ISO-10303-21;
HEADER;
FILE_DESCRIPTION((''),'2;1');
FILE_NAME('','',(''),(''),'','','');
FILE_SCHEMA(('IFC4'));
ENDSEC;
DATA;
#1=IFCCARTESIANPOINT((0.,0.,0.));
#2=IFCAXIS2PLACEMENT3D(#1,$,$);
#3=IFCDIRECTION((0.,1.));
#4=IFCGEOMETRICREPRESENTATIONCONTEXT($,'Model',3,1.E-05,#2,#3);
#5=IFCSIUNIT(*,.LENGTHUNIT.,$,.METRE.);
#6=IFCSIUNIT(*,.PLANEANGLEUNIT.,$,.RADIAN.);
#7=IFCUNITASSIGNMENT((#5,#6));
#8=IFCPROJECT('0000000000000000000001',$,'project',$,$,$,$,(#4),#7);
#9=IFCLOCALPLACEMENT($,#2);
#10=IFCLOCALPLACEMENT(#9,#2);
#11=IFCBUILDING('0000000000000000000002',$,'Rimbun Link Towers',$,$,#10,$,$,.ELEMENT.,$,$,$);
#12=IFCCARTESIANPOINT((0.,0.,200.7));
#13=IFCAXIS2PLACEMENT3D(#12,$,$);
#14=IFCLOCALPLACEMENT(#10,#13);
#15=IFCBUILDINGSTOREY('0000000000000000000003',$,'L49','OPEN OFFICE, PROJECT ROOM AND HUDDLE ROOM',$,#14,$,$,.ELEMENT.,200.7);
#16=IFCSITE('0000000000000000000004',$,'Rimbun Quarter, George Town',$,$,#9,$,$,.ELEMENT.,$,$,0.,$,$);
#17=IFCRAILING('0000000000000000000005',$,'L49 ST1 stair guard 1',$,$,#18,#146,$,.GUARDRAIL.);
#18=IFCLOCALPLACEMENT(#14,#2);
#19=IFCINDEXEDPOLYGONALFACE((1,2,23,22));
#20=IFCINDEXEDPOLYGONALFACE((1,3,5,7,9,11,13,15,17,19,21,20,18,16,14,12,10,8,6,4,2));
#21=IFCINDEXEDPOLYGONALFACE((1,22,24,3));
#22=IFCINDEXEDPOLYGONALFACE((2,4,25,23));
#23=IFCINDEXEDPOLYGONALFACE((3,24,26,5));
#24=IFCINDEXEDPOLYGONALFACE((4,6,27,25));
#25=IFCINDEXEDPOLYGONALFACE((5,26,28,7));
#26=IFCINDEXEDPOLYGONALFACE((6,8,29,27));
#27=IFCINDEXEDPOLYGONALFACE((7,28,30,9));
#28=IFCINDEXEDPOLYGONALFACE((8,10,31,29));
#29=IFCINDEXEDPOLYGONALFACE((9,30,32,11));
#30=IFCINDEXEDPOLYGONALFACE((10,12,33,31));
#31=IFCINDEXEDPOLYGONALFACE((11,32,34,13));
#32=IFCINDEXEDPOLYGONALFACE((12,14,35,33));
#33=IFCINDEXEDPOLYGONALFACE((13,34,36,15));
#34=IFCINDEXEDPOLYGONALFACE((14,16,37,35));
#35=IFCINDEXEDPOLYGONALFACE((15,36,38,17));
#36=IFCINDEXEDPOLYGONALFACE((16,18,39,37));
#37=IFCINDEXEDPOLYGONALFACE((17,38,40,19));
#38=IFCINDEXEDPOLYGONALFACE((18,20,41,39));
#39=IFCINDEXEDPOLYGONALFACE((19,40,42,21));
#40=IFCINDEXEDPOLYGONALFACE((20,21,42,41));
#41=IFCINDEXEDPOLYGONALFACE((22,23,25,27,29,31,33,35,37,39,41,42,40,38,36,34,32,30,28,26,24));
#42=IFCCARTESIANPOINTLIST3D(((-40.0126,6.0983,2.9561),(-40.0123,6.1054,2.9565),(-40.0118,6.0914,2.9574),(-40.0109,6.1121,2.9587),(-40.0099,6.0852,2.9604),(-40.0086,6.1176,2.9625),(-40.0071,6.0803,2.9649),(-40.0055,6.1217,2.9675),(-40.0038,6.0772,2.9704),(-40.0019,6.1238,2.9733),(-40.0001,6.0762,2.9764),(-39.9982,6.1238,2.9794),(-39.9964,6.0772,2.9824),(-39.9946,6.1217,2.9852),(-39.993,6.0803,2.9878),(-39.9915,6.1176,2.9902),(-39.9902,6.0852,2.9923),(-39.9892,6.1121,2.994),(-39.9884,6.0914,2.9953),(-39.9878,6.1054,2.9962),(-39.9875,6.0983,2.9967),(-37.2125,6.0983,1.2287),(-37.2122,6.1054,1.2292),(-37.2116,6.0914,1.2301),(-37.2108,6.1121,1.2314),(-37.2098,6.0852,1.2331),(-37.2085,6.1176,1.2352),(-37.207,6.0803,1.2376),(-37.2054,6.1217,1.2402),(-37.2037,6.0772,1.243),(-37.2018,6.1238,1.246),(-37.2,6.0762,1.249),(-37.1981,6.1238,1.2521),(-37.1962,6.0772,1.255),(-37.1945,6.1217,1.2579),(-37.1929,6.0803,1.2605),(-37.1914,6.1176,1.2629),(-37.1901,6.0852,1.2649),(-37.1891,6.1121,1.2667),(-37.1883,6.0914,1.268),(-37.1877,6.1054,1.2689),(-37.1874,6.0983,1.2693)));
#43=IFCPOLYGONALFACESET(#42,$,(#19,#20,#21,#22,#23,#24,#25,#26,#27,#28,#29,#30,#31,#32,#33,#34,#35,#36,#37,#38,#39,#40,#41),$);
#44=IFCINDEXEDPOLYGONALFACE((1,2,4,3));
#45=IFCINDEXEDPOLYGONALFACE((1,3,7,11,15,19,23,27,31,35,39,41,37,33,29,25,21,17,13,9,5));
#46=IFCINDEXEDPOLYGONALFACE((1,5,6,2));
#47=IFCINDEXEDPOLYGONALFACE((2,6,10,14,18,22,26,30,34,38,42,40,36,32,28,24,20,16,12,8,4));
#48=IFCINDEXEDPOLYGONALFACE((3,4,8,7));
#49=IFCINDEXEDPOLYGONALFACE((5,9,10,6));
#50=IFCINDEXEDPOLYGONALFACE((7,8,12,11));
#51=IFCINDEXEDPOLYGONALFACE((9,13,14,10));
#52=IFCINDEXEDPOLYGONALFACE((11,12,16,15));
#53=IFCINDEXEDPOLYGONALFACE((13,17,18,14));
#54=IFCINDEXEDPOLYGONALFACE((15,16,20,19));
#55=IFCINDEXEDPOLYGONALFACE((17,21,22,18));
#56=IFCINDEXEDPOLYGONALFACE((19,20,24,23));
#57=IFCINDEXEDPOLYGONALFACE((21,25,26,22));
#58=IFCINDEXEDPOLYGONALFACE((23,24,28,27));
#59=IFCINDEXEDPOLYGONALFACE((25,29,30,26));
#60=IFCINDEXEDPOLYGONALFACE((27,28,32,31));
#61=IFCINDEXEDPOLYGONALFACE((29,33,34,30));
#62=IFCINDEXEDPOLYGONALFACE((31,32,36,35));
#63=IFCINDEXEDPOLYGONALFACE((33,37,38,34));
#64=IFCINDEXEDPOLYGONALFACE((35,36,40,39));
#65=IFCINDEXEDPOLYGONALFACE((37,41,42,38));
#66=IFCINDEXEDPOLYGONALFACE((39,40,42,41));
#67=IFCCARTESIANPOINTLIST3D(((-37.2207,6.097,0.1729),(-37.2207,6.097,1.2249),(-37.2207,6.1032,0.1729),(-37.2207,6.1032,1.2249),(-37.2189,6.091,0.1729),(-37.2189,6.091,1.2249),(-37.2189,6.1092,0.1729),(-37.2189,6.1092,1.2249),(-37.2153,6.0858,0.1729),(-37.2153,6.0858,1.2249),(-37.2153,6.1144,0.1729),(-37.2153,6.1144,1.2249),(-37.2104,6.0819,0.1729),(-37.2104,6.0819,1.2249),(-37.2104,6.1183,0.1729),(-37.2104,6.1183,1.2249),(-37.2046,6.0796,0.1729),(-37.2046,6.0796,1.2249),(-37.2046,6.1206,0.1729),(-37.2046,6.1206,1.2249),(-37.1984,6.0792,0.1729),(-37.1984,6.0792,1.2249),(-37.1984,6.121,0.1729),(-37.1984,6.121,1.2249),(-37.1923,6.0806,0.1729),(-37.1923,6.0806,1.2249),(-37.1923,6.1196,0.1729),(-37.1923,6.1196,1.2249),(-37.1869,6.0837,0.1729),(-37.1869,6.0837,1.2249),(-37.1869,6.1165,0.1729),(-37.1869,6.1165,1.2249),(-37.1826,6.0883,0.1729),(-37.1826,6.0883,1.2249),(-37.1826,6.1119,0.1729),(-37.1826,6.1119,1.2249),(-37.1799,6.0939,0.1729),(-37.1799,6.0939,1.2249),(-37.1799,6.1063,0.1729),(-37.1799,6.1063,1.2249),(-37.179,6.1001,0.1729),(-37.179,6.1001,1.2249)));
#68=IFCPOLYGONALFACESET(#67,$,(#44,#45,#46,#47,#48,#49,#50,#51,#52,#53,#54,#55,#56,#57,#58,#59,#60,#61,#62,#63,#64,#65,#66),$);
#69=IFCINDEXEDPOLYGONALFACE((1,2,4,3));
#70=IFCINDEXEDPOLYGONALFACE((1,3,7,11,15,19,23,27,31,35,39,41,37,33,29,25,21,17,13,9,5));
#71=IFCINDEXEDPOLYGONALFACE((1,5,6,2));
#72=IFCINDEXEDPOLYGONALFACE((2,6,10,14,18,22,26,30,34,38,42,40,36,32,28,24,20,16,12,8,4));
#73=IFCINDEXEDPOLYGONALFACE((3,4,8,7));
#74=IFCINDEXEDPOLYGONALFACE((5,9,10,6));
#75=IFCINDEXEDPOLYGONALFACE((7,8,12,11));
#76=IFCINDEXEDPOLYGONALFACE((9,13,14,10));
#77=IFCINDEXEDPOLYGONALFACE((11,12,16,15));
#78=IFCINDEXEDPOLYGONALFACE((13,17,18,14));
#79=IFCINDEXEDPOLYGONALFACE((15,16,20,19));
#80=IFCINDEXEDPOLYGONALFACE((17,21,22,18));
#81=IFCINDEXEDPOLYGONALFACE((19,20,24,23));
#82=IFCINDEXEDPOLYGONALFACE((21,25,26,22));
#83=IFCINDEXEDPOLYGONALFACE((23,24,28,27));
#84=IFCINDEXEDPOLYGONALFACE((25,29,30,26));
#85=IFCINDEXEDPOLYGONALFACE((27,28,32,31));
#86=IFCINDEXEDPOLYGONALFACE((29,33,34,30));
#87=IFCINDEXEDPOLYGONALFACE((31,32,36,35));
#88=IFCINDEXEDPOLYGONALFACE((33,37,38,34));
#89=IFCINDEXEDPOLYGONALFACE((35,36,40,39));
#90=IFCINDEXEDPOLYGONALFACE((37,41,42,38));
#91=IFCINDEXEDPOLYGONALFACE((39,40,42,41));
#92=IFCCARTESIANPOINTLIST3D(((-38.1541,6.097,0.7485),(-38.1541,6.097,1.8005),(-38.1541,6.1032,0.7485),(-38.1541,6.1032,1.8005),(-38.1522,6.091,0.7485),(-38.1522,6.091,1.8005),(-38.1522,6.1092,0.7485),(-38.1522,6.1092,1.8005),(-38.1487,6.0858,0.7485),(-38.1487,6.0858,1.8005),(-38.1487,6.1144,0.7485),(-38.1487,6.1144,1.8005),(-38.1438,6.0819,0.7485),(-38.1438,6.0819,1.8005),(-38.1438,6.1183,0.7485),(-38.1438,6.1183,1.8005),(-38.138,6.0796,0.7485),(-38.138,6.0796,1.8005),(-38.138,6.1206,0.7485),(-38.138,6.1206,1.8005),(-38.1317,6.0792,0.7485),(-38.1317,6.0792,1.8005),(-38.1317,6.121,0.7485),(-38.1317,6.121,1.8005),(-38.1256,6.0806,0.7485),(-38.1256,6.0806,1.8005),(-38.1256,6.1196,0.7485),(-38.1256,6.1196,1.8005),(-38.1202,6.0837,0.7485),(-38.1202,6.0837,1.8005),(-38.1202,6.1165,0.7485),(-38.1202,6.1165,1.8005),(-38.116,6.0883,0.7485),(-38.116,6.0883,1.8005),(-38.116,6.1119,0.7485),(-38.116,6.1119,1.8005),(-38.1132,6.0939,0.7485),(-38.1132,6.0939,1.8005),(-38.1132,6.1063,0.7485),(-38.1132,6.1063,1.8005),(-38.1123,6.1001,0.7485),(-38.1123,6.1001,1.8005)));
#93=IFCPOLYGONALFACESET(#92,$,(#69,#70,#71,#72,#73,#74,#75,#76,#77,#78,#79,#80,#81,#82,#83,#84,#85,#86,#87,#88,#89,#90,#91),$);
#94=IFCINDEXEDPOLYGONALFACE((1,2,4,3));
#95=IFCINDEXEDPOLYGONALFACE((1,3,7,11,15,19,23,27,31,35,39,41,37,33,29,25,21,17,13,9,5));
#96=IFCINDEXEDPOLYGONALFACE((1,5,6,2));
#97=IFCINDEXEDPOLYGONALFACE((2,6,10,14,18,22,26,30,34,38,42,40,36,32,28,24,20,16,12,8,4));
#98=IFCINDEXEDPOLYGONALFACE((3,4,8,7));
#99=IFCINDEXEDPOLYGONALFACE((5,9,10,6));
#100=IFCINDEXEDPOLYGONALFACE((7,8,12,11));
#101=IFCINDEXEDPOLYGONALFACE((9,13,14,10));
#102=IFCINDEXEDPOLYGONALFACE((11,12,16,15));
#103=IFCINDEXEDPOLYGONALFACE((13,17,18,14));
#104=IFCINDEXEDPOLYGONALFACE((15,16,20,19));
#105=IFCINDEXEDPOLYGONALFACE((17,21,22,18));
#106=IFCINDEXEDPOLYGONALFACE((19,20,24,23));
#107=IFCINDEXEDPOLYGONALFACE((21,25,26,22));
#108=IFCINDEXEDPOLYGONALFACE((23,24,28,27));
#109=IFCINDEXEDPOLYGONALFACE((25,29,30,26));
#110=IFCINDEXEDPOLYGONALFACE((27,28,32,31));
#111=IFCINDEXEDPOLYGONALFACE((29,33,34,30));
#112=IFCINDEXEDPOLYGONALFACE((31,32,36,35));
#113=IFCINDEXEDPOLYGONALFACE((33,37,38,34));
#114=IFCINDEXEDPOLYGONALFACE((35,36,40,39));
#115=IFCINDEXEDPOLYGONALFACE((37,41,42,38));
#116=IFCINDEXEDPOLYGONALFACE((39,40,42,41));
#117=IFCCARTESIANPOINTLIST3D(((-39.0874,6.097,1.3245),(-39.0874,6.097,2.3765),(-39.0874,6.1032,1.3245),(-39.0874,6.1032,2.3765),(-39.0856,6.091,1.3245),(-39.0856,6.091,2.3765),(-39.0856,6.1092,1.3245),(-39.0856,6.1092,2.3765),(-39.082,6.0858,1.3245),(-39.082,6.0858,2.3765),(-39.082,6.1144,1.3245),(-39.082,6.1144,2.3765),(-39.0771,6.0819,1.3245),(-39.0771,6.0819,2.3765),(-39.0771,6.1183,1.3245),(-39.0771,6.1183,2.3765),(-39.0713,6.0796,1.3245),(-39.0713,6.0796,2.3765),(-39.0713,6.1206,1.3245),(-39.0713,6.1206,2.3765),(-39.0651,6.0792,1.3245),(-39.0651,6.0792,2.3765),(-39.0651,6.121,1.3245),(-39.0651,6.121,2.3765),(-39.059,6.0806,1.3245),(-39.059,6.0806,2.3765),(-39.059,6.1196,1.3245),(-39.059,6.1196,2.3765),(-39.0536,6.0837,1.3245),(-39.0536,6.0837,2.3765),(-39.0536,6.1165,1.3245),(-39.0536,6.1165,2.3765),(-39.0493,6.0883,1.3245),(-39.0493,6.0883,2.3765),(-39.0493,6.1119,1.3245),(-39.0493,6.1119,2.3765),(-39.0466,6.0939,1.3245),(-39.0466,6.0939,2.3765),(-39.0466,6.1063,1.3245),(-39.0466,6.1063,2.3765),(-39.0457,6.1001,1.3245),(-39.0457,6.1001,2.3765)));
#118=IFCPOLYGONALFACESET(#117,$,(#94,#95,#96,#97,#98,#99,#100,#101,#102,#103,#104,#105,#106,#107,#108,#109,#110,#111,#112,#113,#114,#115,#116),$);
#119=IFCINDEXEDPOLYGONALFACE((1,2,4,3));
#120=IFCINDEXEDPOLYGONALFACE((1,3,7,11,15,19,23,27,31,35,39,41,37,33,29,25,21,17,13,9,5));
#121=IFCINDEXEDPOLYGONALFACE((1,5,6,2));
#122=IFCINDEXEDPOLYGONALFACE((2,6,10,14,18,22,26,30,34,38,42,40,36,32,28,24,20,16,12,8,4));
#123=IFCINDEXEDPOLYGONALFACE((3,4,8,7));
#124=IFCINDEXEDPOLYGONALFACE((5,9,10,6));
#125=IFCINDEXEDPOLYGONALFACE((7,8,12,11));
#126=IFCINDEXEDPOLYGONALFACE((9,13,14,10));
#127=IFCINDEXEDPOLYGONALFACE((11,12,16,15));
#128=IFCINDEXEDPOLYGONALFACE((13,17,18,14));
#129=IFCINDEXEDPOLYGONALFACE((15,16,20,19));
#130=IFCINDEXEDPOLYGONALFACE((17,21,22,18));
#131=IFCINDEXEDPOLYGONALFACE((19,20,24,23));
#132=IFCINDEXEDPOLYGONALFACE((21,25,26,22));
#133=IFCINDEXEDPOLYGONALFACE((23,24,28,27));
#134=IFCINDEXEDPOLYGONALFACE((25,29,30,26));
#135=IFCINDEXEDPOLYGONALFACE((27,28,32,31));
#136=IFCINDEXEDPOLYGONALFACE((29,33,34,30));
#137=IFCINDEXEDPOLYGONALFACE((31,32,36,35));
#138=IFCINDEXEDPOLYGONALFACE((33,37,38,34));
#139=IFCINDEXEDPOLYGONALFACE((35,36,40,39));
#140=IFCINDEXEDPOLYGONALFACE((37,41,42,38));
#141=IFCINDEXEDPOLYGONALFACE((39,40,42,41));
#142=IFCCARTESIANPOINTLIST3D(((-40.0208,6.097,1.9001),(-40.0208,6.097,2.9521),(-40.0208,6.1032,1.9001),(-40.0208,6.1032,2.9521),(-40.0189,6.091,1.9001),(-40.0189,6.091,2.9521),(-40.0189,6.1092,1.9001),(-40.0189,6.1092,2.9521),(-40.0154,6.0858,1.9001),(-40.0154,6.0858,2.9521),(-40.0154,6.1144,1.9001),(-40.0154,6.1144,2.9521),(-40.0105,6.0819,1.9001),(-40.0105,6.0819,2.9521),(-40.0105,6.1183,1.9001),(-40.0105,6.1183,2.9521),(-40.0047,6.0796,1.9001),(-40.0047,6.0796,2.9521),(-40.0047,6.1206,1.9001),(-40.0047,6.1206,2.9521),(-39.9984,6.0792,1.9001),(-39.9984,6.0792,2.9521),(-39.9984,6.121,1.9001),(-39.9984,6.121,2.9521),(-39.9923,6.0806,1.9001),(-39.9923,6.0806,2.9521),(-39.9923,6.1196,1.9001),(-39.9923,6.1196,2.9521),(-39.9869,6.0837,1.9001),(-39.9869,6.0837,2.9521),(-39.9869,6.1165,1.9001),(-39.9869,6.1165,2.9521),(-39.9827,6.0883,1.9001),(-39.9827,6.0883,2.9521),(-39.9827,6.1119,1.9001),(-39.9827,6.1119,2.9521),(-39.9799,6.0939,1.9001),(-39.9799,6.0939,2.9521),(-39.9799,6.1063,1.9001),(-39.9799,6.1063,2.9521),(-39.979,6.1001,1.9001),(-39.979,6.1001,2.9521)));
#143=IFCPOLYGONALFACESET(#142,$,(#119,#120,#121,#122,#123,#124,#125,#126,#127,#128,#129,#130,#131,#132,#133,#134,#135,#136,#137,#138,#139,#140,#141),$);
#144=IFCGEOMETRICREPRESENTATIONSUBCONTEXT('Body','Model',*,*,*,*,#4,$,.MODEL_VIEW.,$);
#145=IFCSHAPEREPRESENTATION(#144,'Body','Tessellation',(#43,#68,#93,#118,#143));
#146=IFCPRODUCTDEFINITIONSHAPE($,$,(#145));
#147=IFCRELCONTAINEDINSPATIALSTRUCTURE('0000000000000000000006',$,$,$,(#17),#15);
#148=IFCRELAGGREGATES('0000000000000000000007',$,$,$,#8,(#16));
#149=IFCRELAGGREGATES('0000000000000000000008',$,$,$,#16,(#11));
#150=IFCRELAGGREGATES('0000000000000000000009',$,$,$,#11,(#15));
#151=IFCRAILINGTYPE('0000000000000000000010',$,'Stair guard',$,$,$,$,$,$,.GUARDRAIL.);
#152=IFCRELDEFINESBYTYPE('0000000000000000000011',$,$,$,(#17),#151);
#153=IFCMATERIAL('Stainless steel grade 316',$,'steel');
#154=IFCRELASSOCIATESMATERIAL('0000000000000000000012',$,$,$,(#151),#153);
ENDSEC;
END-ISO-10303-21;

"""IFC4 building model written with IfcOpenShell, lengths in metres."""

from ifc_helpers import new_model, si_unit, direction, frame, origin, origin_2d, place, context, subcontext, project, spatial, circle, extrude, material, type_object, element, save


model = new_model("IFC4")

# Units and contexts
model_context = context("Model", 3, precision=1e-05, world=origin(), true_north=direction((0.0, 1.0)))
body_context = subcontext(model_context, "Body", "Model", "MODEL_VIEW")
ifc_project = project(units=[si_unit("LENGTHUNIT", "METRE"), si_unit("PLANEANGLEUNIT", "RADIAN")], contexts=[model_context])

# Site, building, storey
site_placement = place(None, origin())
site = spatial("IfcSite", under=ifc_project, at=site_placement, Name="Rimbun Quarter, George Town", CompositionType="ELEMENT", RefElevation=0.0)
building_placement = place(site_placement, origin())
building = spatial("IfcBuilding", under=site, at=building_placement, Name="Rimbun Link Towers", CompositionType="ELEMENT")
storey_placement = place(building_placement, frame((0.0, 0.0, 200.7)))
storey = spatial("IfcBuildingStorey", under=building, at=storey_placement, Name="L49", Description="OPEN OFFICE, PROJECT ROOM AND HUDDLE ROOM", CompositionType="ELEMENT", Elevation=200.7)

# Railing
ifc_material_1 = material(Name="Stainless steel grade 316", Category="steel")
railing_type_1 = type_object("IfcRailingType", Name="Stair guard", PredefinedType="GUARDRAIL", material=ifc_material_1)
railing_1_placement = place(storey_placement, frame((-37.2, 6.1001, 0.1729)))
element("IfcRailing", 1, at=railing_1_placement, inside=storey, type_object=railing_type_1, Name="L49 ST1 stair guard 1", PredefinedType="GUARDRAIL", context=body_context, shape_type="SweptSolid", body=[
    extrude(circle(Radius=0.0239, at=origin_2d()), frame((0.0, 0.0, 1.0762), z_axis=(-0.85109, 0.0, 0.52502), x_axis=(0.0, -1.0, 0.0)), (0.0, 0.0, 1.0), 3.29),
    extrude(circle(Radius=0.021, at=origin_2d()), origin(), (0.0, 0.0, 1.0), 1.052),
    extrude(circle(Radius=0.021, at=origin_2d()), frame((-0.9333, 0.0, 0.5757)), (0.0, 0.0, 1.0), 1.052),
    extrude(circle(Radius=0.021, at=origin_2d()), frame((-1.8667, 0.0, 1.1516)), (0.0, 0.0, 1.0), 1.052),
    extrude(circle(Radius=0.021, at=origin_2d()), frame((-2.8, 0.0, 1.7273)), (0.0, 0.0, 1.0), 1.052),
])

save(model, "model.ifc")
